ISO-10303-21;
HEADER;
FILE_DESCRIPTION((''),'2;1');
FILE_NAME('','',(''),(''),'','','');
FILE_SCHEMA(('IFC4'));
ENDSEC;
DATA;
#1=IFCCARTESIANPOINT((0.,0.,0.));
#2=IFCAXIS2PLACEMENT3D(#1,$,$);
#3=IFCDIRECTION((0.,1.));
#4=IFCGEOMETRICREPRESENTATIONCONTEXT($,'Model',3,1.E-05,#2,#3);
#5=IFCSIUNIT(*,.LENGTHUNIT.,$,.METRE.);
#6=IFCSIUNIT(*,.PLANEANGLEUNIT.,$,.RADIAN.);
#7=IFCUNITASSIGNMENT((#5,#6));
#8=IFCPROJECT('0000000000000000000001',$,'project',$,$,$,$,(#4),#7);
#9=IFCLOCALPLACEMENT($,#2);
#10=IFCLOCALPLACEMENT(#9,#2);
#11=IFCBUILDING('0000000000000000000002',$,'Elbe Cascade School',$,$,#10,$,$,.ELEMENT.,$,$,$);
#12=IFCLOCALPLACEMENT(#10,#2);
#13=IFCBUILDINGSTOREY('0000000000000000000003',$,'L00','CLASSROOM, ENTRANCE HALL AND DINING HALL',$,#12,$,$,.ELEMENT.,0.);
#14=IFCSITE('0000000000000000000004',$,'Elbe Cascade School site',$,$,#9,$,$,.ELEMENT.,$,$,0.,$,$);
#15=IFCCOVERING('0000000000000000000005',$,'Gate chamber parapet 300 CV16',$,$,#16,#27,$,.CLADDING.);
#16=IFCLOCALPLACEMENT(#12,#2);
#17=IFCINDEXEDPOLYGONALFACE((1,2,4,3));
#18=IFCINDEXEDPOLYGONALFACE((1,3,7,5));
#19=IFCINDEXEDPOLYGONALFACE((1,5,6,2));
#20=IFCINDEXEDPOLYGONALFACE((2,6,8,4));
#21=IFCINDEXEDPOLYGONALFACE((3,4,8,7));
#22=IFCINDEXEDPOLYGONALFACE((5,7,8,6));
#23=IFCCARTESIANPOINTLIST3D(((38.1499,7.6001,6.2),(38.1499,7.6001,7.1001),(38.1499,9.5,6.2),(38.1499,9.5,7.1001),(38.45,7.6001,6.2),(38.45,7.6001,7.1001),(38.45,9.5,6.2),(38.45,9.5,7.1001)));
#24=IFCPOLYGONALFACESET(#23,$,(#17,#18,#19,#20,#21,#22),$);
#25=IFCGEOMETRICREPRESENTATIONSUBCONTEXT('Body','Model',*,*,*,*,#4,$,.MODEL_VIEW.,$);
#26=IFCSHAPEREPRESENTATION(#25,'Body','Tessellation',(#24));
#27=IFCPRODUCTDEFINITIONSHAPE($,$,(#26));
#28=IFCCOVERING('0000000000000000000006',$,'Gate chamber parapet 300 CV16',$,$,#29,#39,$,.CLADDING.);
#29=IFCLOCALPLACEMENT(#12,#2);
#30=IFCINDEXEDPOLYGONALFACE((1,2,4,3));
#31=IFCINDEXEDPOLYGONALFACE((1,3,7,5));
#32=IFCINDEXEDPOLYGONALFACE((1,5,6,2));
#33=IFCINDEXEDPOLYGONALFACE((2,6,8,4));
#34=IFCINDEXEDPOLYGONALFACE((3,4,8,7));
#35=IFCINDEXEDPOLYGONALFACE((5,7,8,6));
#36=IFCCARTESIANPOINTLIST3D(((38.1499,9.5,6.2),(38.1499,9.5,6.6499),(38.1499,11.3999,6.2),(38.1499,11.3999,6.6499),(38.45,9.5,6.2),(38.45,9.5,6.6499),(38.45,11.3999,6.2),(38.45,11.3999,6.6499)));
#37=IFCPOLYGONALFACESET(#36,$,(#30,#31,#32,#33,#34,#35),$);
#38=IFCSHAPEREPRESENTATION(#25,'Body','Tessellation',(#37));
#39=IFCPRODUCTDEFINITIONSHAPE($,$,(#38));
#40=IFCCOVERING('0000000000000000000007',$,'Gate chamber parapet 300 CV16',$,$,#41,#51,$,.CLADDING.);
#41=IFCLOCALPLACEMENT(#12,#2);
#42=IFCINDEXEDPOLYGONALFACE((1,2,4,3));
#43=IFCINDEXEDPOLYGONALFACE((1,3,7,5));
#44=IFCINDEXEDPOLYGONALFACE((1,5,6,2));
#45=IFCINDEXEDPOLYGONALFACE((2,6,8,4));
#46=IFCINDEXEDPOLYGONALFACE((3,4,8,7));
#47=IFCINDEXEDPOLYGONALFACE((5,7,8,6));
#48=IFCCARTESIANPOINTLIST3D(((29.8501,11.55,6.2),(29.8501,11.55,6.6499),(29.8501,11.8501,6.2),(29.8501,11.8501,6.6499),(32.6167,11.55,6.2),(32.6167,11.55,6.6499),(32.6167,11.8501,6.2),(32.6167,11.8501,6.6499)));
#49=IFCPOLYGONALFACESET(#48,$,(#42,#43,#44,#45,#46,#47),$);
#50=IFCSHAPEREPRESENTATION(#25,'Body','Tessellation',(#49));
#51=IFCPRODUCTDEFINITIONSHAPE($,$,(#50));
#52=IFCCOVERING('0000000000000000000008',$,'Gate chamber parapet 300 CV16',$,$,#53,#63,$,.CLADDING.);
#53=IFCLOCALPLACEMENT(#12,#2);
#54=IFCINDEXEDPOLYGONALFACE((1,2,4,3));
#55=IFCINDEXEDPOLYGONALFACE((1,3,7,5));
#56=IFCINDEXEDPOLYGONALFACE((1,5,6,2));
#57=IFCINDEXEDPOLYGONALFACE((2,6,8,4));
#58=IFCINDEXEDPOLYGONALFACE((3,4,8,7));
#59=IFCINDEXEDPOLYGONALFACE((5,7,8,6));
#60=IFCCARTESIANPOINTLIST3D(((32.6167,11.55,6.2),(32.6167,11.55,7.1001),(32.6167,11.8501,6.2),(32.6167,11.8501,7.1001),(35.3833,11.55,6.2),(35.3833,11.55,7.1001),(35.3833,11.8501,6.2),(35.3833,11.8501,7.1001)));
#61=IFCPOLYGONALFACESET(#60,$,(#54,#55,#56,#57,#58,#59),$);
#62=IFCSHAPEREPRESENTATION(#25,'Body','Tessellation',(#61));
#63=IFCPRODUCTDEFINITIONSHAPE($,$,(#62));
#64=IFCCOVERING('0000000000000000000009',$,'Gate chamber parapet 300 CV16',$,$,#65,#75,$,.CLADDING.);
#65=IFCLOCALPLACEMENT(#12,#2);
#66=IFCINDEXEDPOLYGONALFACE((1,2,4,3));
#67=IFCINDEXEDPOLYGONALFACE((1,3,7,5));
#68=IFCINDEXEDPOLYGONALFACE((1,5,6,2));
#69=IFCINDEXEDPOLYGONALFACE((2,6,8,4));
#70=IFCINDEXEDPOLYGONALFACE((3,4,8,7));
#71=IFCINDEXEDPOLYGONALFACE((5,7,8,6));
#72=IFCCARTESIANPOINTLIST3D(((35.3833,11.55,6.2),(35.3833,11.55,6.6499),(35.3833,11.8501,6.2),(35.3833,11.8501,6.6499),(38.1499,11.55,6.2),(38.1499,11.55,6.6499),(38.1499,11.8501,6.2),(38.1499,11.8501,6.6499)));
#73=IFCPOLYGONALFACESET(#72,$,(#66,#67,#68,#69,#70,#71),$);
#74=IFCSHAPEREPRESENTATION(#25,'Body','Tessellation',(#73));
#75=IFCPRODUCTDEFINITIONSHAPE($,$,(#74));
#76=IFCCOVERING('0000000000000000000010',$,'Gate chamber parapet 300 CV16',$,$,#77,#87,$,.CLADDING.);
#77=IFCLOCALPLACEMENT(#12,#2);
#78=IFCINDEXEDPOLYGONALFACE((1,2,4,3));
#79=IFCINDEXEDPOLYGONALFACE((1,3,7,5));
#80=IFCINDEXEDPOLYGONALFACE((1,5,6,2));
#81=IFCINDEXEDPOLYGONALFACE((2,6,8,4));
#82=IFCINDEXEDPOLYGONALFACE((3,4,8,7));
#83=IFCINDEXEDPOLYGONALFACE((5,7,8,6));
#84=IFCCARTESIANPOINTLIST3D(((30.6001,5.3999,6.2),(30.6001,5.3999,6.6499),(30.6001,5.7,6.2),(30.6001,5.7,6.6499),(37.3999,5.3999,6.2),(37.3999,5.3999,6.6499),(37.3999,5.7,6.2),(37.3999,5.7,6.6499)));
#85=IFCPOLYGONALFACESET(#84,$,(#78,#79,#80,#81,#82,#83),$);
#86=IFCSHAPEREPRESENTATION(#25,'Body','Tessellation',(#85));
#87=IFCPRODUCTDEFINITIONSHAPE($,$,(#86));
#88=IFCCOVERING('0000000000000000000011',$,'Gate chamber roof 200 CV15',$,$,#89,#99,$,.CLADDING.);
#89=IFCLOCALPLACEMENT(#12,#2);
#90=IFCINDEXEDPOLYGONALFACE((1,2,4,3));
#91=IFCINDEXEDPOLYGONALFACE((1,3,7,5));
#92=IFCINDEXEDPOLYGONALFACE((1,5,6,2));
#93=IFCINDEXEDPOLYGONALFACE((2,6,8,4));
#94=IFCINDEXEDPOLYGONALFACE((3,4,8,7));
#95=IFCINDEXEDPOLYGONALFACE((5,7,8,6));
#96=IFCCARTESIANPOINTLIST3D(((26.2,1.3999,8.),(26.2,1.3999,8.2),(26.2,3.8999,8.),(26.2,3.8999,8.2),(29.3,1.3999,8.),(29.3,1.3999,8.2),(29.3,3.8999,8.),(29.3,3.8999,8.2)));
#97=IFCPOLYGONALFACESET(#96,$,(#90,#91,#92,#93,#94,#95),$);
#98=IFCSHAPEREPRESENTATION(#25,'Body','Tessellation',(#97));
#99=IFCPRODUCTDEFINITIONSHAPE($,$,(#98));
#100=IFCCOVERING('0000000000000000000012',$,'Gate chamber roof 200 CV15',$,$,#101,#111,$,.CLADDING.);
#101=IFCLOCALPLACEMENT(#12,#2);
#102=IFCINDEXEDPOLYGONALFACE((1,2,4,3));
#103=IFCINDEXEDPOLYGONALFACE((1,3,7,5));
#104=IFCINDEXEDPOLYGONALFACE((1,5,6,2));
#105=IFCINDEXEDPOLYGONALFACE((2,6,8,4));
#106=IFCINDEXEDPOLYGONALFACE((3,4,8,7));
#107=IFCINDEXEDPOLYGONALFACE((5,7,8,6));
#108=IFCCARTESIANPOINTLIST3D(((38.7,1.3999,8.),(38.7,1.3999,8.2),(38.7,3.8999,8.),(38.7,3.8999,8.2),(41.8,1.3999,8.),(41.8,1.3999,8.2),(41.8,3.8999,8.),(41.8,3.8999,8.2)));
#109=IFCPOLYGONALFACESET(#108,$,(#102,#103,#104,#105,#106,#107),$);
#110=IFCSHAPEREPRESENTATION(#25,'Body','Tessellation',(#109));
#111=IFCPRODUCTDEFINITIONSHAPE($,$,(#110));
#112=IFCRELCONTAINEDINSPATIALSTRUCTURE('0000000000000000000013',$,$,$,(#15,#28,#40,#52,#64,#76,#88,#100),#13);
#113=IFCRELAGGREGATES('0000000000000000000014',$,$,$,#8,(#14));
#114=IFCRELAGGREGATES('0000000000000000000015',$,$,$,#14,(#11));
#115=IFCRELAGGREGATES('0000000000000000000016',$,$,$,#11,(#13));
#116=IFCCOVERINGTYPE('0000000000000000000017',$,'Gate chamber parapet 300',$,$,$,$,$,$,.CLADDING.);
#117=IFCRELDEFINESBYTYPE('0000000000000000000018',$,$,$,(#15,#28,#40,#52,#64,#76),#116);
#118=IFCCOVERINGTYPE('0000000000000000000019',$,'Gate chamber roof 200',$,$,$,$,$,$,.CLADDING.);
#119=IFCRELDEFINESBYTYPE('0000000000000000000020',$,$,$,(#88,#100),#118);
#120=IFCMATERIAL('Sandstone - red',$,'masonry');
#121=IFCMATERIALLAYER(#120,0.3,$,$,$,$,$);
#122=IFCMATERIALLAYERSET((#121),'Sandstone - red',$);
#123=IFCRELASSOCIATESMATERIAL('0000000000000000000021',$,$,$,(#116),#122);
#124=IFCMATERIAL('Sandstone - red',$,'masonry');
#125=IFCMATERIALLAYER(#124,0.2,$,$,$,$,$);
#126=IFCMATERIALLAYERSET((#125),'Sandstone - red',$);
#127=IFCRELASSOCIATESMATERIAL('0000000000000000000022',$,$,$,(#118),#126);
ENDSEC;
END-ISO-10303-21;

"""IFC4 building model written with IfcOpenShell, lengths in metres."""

from ifc_helpers import new_model, si_unit, direction, frame, origin, place, context, subcontext, project, spatial, polyline, outline, extrude, material, layer, layer_set, type_object, element, save


model = new_model("IFC4")

# Units and contexts
model_context = context("Model", 3, precision=1e-05, world=origin(), true_north=direction((0.0, 1.0)))
body_context = subcontext(model_context, "Body", "Model", "MODEL_VIEW")
ifc_project = project(units=[si_unit("LENGTHUNIT", "METRE"), si_unit("PLANEANGLEUNIT", "RADIAN")], contexts=[model_context])

# Site, building, storey
site_placement = place(None, origin())
site = spatial("IfcSite", under=ifc_project, at=site_placement, Name="Elbe Cascade School site", CompositionType="ELEMENT", RefElevation=0.0)
building_placement = place(site_placement, origin())
building = spatial("IfcBuilding", under=site, at=building_placement, Name="Elbe Cascade School", CompositionType="ELEMENT")
storey_placement = place(building_placement, origin())
storey = spatial("IfcBuildingStorey", under=building, at=storey_placement, Name="L00", Description="CLASSROOM, ENTRANCE HALL AND DINING HALL", CompositionType="ELEMENT", Elevation=0.0)

# Coverings
ifc_material_1 = material(Name="Sandstone - red", Category="masonry")
ifc_layer_1 = layer(ifc_material_1, 0.3)
ifc_layer_set_1 = layer_set([ifc_layer_1], Name="Sandstone - red")
covering_type_1 = type_object("IfcCoveringType", Name="Gate chamber parapet 300", PredefinedType="CLADDING", material=ifc_layer_set_1)
covering_1_placement = place(storey_placement, frame((0.0, 0.0, 6.2)))
element("IfcCovering", 1, at=covering_1_placement, inside=storey, type_object=covering_type_1, Name="Gate chamber parapet 300 CV16", PredefinedType="CLADDING", context=body_context, shape_type="SweptSolid", body=[
    extrude(outline(polyline([(38.1499, 7.6001), (38.45, 7.6001), (38.45, 9.5), (38.1499, 9.5), (38.1499, 7.6001)])), origin(), (0.0, 0.0, 1.0), 0.9001),
])
covering_2_placement = place(storey_placement, frame((0.0, 0.0, 6.2)))
element("IfcCovering", 2, at=covering_2_placement, inside=storey, type_object=covering_type_1, Name="Gate chamber parapet 300 CV16", PredefinedType="CLADDING", context=body_context, shape_type="SweptSolid", body=[
    extrude(outline(polyline([(38.1499, 9.5), (38.45, 9.5), (38.45, 11.3999), (38.1499, 11.3999), (38.1499, 9.5)])), origin(), (0.0, 0.0, 1.0), 0.45),
])
covering_3_placement = place(storey_placement, frame((0.0, 0.0, 6.2)))
element("IfcCovering", 3, at=covering_3_placement, inside=storey, type_object=covering_type_1, Name="Gate chamber parapet 300 CV16", PredefinedType="CLADDING", context=body_context, shape_type="SweptSolid", body=[
    extrude(outline(polyline([(29.8501, 11.55), (32.6167, 11.55), (32.6167, 11.8501), (29.8501, 11.8501), (29.8501, 11.55)])), origin(), (0.0, 0.0, 1.0), 0.45),
])
covering_4_placement = place(storey_placement, frame((0.0, 0.0, 6.2)))
element("IfcCovering", 4, at=covering_4_placement, inside=storey, type_object=covering_type_1, Name="Gate chamber parapet 300 CV16", PredefinedType="CLADDING", context=body_context, shape_type="SweptSolid", body=[
    extrude(outline(polyline([(32.6167, 11.55), (35.3833, 11.55), (35.3833, 11.8501), (32.6167, 11.8501), (32.6167, 11.55)])), origin(), (0.0, 0.0, 1.0), 0.9001),
])
covering_5_placement = place(storey_placement, frame((0.0, 0.0, 6.2)))
element("IfcCovering", 5, at=covering_5_placement, inside=storey, type_object=covering_type_1, Name="Gate chamber parapet 300 CV16", PredefinedType="CLADDING", context=body_context, shape_type="SweptSolid", body=[
    extrude(outline(polyline([(35.3833, 11.55), (38.1499, 11.55), (38.1499, 11.8501), (35.3833, 11.8501), (35.3833, 11.55)])), origin(), (0.0, 0.0, 1.0), 0.45),
])
covering_6_placement = place(storey_placement, frame((0.0, 0.0, 6.2)))
element("IfcCovering", 6, at=covering_6_placement, inside=storey, type_object=covering_type_1, Name="Gate chamber parapet 300 CV16", PredefinedType="CLADDING", context=body_context, shape_type="SweptSolid", body=[
    extrude(outline(polyline([(30.6001, 5.3999), (37.3999, 5.3999), (37.3999, 5.7), (30.6001, 5.7), (30.6001, 5.3999)])), origin(), (0.0, 0.0, 1.0), 0.45),
])
ifc_material_2 = material(Name="Sandstone - red", Category="masonry")
ifc_layer_2 = layer(ifc_material_2, 0.2)
ifc_layer_set_2 = layer_set([ifc_layer_2], Name="Sandstone - red")
covering_type_2 = type_object("IfcCoveringType", Name="Gate chamber roof 200", PredefinedType="CLADDING", material=ifc_layer_set_2)
covering_7_placement = place(storey_placement, frame((0.0, 0.0, 8.0)))
element("IfcCovering", 7, at=covering_7_placement, inside=storey, type_object=covering_type_2, Name="Gate chamber roof 200 CV15", PredefinedType="CLADDING", context=body_context, shape_type="SweptSolid", body=[
    extrude(outline(polyline([(26.2, 1.3999), (29.3, 1.3999), (29.3, 3.8999), (26.2, 3.8999), (26.2, 1.3999)])), origin(), (0.0, 0.0, 1.0), 0.2),
])
covering_8_placement = place(storey_placement, frame((0.0, 0.0, 8.0)))
element("IfcCovering", 8, at=covering_8_placement, inside=storey, type_object=covering_type_2, Name="Gate chamber roof 200 CV15", PredefinedType="CLADDING", context=body_context, shape_type="SweptSolid", body=[
    extrude(outline(polyline([(38.7, 1.3999), (41.8, 1.3999), (41.8, 3.8999), (38.7, 3.8999), (38.7, 1.3999)])), origin(), (0.0, 0.0, 1.0), 0.2),
])

save(model, "model.ifc")
